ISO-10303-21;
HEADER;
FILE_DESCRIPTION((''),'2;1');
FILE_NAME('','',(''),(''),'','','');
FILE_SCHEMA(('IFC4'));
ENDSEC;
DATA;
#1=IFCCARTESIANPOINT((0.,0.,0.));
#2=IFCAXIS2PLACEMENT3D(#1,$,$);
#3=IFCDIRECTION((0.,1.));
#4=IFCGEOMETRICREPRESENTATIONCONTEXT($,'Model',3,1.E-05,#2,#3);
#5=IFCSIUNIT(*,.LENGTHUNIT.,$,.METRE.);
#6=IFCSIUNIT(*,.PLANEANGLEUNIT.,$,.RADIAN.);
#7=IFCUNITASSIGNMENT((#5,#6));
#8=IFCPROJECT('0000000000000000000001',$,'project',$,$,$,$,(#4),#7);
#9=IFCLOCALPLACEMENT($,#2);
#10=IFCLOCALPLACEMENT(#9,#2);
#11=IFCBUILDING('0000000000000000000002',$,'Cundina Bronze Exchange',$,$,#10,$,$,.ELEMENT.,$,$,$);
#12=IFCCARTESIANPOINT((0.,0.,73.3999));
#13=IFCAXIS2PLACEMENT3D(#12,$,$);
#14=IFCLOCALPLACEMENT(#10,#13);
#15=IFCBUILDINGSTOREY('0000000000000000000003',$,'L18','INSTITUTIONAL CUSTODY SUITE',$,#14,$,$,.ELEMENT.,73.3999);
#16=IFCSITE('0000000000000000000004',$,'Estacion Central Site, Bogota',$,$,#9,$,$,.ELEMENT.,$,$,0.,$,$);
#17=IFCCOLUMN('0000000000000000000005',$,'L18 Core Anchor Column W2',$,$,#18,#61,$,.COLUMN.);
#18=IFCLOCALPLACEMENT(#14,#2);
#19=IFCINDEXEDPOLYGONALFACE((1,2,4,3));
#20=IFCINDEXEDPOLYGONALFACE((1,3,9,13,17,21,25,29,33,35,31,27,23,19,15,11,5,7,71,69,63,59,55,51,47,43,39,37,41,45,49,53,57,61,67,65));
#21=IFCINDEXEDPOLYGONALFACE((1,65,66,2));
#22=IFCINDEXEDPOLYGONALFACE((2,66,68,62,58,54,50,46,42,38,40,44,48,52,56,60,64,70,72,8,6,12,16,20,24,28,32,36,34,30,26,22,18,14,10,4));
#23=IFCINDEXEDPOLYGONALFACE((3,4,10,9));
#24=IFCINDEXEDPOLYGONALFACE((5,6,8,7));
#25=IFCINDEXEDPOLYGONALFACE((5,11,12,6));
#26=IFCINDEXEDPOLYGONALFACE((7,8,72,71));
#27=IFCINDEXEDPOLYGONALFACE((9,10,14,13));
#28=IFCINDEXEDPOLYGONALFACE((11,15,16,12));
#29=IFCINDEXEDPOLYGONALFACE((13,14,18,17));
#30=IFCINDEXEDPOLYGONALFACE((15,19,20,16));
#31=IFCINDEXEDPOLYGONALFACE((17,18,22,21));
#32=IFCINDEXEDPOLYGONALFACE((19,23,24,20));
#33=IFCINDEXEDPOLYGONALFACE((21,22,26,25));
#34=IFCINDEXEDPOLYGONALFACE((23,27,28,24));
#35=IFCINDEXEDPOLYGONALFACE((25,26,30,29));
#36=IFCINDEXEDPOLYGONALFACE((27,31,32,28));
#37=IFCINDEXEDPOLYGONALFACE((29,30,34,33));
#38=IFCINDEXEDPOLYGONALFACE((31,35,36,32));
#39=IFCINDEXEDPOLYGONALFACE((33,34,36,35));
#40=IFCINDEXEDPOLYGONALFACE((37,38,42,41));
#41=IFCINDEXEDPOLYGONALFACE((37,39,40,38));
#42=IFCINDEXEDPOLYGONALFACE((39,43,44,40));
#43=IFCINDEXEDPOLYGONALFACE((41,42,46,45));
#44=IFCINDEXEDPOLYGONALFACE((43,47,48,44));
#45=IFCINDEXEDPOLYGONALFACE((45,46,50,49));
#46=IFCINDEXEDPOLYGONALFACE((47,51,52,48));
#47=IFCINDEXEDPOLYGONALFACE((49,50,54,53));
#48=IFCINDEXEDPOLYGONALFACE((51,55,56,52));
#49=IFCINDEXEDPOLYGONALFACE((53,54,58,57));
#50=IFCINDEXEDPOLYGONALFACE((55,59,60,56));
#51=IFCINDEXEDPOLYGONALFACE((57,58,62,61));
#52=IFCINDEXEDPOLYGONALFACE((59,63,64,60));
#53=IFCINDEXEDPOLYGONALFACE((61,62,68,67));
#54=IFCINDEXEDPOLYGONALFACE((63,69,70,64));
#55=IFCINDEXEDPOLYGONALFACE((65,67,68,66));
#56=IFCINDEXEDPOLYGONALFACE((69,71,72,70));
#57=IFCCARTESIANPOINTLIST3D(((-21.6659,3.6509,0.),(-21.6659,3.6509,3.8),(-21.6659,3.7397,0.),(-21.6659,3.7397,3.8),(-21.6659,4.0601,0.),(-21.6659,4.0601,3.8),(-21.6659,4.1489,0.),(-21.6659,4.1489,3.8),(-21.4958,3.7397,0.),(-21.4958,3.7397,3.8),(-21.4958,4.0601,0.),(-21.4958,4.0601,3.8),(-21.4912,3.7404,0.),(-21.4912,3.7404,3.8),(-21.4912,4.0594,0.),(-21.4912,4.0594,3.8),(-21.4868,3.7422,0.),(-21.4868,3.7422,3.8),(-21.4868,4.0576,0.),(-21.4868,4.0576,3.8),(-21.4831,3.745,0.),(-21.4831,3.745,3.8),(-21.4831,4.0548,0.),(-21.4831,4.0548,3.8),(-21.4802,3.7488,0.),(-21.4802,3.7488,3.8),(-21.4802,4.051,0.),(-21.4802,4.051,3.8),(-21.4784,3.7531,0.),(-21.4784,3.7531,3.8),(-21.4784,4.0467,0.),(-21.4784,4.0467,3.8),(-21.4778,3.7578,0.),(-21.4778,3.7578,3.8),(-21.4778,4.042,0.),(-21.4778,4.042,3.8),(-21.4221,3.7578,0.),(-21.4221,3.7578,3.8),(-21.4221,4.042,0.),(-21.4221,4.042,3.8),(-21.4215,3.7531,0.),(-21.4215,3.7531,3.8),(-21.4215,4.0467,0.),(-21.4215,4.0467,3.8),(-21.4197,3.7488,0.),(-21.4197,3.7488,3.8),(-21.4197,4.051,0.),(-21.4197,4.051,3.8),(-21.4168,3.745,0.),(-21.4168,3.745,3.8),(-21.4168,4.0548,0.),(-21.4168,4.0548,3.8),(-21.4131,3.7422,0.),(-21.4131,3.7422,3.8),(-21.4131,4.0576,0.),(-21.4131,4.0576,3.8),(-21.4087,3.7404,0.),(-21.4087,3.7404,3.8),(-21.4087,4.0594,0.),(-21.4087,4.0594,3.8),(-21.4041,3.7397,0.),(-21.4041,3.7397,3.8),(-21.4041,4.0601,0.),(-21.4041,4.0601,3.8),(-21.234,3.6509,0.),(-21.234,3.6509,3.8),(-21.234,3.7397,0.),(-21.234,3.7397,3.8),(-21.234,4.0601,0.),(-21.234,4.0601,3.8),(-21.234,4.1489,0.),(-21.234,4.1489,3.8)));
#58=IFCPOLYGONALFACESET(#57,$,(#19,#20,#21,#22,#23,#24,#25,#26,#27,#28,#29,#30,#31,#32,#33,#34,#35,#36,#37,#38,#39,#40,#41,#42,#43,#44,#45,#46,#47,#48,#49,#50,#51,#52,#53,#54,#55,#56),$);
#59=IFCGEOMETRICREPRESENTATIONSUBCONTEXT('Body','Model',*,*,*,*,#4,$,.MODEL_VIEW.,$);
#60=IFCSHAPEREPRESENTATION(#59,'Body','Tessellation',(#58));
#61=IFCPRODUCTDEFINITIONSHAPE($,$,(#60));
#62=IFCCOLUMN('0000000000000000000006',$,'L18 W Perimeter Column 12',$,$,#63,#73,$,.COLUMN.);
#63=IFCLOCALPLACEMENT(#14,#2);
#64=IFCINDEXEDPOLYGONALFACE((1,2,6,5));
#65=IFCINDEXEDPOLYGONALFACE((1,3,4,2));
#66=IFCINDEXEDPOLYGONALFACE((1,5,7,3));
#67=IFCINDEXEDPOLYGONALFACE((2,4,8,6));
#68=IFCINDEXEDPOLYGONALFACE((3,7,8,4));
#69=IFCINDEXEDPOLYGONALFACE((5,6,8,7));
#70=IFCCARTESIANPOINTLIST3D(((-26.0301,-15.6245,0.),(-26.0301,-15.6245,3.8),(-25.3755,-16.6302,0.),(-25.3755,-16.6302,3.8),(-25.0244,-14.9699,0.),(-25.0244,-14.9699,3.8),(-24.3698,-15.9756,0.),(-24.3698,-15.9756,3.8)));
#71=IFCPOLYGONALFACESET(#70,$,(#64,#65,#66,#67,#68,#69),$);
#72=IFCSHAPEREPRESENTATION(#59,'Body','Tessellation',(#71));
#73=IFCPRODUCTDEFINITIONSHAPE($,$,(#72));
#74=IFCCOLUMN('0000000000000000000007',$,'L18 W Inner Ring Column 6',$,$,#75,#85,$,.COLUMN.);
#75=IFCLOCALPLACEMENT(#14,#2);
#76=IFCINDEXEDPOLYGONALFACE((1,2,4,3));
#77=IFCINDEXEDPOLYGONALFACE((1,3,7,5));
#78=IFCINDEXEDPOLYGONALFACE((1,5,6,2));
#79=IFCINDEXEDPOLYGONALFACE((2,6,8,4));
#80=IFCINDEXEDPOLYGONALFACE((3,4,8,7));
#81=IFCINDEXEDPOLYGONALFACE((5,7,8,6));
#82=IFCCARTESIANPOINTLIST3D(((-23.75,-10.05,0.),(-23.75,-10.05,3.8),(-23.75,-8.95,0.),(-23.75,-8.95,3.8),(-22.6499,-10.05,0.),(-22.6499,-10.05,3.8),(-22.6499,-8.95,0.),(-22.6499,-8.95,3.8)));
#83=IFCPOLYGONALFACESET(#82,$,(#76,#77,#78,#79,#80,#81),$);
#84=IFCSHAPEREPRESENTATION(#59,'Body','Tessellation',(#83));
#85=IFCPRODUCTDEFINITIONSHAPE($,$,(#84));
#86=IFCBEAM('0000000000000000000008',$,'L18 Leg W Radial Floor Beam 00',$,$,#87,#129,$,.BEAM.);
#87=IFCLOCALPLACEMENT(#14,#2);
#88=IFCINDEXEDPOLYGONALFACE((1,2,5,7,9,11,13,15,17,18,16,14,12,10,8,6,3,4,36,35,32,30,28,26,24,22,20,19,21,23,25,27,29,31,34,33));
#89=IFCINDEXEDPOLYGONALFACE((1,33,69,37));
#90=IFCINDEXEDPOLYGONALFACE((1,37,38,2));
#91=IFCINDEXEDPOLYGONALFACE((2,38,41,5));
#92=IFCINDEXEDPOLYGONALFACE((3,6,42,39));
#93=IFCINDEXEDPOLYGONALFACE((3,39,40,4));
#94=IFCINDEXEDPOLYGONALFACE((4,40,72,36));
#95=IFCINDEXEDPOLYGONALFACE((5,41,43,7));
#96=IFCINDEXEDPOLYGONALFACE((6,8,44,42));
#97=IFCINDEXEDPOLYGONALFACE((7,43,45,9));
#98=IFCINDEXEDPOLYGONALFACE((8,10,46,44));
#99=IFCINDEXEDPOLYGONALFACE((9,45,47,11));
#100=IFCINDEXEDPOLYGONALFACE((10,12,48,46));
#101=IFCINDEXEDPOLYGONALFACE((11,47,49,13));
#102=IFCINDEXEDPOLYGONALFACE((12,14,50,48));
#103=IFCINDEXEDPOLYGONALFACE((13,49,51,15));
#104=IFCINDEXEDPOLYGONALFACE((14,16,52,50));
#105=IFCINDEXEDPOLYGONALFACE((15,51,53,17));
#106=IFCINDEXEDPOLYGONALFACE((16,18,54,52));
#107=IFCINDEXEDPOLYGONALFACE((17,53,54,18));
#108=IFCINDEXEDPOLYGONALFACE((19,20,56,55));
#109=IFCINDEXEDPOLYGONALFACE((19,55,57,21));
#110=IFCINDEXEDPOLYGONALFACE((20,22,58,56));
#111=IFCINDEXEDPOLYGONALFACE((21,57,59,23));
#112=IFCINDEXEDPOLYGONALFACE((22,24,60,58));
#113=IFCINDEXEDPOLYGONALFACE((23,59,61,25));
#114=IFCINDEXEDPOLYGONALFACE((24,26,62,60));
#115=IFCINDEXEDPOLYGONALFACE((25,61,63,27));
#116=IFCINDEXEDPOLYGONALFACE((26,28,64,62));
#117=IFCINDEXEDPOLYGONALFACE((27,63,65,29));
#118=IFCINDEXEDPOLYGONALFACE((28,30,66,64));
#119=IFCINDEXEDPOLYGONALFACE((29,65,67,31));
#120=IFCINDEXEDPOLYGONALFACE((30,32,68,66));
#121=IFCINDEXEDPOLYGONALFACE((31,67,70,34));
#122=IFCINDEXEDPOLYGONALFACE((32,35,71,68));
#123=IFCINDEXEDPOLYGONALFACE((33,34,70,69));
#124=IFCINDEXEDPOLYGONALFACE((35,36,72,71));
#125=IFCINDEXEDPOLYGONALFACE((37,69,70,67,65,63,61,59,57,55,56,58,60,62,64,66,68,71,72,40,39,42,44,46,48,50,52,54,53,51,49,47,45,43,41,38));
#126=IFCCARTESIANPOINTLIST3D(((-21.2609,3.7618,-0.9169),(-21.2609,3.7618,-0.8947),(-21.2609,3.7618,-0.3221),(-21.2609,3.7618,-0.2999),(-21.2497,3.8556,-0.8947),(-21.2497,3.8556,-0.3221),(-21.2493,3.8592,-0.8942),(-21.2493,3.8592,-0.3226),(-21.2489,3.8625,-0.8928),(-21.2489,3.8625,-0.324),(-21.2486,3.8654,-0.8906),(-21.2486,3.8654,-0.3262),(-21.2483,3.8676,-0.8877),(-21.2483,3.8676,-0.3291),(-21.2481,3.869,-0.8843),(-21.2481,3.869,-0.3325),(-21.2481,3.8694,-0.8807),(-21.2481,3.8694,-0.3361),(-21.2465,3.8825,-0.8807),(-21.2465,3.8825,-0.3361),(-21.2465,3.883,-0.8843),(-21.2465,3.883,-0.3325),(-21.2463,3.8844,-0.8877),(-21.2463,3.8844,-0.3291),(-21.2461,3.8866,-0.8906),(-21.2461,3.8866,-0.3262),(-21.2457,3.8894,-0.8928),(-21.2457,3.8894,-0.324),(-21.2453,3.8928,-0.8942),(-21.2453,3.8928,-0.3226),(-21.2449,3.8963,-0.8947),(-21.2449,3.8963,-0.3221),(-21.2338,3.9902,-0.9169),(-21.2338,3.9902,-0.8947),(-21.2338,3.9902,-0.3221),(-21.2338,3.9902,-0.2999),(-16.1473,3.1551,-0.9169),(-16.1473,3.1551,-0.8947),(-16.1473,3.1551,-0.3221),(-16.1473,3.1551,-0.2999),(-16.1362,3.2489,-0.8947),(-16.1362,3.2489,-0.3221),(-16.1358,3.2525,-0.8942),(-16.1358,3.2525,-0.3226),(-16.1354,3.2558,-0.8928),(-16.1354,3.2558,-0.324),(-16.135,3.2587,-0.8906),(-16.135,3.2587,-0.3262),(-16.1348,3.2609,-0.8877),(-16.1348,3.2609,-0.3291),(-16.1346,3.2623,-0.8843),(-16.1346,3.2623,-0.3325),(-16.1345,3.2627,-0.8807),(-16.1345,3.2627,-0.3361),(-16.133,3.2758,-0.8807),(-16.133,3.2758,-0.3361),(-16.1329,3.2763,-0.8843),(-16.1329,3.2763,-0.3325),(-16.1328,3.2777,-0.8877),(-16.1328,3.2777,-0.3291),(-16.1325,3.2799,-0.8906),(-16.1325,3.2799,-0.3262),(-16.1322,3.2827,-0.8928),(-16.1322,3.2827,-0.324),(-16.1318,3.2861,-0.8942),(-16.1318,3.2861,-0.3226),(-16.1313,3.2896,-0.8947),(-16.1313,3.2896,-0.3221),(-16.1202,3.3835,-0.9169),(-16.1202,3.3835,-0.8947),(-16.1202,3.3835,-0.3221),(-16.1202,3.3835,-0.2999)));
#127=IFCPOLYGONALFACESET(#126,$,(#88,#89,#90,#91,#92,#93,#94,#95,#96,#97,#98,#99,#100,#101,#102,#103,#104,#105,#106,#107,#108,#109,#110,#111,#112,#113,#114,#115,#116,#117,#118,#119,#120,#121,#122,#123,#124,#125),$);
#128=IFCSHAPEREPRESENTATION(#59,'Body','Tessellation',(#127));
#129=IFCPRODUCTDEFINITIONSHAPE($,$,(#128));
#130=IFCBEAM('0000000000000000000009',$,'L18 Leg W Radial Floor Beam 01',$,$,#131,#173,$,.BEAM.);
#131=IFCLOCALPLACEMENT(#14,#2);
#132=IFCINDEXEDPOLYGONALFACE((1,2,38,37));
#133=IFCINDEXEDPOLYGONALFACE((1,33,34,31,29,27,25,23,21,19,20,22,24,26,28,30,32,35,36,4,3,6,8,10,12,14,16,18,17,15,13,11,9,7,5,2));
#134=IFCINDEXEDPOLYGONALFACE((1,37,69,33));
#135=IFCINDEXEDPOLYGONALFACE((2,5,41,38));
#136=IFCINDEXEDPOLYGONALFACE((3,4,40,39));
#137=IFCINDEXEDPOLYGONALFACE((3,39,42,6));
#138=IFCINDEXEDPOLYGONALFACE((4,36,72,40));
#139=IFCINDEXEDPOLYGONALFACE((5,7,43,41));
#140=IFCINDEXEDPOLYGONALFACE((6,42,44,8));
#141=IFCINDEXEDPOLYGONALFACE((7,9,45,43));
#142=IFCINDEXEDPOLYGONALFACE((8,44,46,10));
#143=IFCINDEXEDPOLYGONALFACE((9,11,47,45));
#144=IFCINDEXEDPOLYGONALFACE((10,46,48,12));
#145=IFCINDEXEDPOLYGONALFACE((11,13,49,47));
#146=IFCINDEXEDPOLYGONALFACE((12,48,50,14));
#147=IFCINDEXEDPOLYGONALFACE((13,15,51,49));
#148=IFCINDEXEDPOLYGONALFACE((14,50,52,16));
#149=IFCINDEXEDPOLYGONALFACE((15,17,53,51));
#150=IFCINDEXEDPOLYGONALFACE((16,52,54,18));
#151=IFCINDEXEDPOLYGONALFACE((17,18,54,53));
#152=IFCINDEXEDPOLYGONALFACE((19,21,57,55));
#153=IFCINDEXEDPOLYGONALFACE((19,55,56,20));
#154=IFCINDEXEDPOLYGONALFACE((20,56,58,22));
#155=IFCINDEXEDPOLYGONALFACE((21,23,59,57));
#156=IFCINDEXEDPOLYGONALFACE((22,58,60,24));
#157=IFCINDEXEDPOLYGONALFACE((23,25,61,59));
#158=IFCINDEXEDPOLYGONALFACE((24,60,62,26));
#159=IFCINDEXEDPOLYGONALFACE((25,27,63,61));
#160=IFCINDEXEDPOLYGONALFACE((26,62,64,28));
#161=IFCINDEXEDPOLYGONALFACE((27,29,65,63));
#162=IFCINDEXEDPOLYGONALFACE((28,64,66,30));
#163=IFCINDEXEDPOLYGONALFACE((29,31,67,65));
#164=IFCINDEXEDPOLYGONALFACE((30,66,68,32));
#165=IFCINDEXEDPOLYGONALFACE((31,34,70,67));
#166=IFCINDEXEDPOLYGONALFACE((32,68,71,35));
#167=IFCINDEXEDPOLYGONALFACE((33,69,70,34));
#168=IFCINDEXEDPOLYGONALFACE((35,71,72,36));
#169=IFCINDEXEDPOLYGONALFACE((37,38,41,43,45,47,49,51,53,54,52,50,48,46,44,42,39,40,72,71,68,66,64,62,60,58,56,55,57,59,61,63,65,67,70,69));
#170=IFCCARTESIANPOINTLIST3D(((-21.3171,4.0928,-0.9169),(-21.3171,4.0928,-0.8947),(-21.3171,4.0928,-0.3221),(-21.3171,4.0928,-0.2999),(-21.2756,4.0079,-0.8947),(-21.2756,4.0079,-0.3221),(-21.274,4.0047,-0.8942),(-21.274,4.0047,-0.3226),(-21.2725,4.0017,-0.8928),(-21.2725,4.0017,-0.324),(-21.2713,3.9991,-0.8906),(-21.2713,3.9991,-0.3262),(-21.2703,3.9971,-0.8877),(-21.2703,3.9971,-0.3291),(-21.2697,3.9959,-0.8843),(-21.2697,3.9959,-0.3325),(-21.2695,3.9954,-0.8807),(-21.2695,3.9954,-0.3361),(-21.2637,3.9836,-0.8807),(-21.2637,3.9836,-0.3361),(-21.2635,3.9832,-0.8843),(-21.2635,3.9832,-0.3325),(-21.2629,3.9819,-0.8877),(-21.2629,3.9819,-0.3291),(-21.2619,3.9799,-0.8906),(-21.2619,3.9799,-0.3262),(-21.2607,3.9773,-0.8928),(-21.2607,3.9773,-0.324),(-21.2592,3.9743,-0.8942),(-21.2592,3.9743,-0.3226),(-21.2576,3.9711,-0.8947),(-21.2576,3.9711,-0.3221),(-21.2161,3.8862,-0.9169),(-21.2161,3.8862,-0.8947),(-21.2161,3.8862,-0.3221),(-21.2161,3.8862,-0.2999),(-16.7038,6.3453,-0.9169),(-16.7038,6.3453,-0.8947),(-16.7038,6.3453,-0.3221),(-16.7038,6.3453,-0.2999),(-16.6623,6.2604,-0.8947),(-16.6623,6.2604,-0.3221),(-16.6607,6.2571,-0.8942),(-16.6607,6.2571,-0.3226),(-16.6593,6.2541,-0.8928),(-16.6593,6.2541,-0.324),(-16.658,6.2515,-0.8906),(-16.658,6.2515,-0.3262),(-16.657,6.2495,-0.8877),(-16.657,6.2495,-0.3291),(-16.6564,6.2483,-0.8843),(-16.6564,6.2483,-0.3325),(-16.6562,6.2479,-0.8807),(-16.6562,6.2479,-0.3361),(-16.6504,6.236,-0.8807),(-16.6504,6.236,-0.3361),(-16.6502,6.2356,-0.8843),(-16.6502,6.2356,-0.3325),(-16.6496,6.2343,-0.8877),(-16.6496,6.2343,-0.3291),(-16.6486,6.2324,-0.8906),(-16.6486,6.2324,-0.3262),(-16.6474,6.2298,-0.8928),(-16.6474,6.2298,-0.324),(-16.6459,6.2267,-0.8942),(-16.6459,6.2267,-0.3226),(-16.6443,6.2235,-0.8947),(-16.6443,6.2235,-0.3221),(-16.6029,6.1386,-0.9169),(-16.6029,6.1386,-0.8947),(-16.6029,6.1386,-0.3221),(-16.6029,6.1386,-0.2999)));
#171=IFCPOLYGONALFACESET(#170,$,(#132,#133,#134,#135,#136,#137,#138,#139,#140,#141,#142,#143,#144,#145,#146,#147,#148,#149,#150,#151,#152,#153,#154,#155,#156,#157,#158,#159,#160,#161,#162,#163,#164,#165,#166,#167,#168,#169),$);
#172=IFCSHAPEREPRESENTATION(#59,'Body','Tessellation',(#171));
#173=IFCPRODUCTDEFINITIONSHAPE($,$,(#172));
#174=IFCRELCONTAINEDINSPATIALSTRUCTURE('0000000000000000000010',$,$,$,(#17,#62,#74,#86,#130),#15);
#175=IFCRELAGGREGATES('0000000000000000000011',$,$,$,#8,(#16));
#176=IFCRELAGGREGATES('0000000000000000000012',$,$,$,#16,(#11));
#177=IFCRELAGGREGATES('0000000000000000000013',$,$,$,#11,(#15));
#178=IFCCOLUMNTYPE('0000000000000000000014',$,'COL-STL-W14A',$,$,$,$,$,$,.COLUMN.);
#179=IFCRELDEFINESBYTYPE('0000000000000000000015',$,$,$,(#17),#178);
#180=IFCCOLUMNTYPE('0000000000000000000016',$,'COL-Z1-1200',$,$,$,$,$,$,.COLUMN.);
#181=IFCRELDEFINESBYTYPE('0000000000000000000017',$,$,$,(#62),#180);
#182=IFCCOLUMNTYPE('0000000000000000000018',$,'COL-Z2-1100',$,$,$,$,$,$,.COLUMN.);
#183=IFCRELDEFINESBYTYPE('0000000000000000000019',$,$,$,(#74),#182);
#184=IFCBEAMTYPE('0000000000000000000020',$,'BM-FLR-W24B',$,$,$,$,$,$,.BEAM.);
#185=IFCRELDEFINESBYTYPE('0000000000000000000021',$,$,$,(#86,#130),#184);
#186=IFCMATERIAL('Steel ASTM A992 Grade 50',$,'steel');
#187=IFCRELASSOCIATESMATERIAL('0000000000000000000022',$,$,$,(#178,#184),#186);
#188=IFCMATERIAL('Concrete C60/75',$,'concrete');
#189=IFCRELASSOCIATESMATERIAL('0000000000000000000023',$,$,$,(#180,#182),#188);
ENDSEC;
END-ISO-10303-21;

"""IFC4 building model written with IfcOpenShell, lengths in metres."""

from ifc_helpers import new_model, si_unit, direction, frame, origin, origin_2d, place, context, subcontext, project, spatial, rectangle, i_section, extrude, material, material_profile, profile_set, type_object, element, save


model = new_model("IFC4")

# Units and contexts
model_context = context("Model", 3, precision=1e-05, world=origin(), true_north=direction((0.0, 1.0)))
body_context = subcontext(model_context, "Body", "Model", "MODEL_VIEW")
ifc_project = project(units=[si_unit("LENGTHUNIT", "METRE"), si_unit("PLANEANGLEUNIT", "RADIAN")], contexts=[model_context])

# Site, building, storey
site_placement = place(None, origin())
site = spatial("IfcSite", under=ifc_project, at=site_placement, Name="Estacion Central Site, Bogota", CompositionType="ELEMENT", RefElevation=0.0)
building_placement = place(site_placement, origin())
building = spatial("IfcBuilding", under=site, at=building_placement, Name="Cundina Bronze Exchange", CompositionType="ELEMENT")
storey_placement = place(building_placement, frame((0.0, 0.0, 73.3999)))
storey = spatial("IfcBuildingStorey", under=building, at=storey_placement, Name="L18", Description="INSTITUTIONAL CUSTODY SUITE", CompositionType="ELEMENT", Elevation=73.3999)

# Columns
ifc_material_1 = material(Name="Steel ASTM A992 Grade 50", Category="steel")
ifc_material_profile_1 = material_profile(ifc_material_1, i_section(OverallWidth=0.4319, OverallDepth=0.498, WebThickness=0.0557, FlangeThickness=0.0889, FilletRadius=0.0181, at=origin_2d()), Name="W14X500", Category="steel")
ifc_profile_set_1 = profile_set([ifc_material_profile_1], Name="Steel ASTM A992 Grade 50")
column_type_1 = type_object("IfcColumnType", Name="COL-STL-W14A", PredefinedType="COLUMN", material=ifc_profile_set_1)
column_1_placement = place(storey_placement, frame((-21.45, 3.8999, 0.0), z_axis=(0.0, 0.0, 1.0), x_axis=(1.0, 0.0, 0.0)))
element("IfcColumn", 1, at=column_1_placement, inside=storey, type_object=column_type_1, Name="L18 Core Anchor Column W2", PredefinedType="COLUMN", context=body_context, shape_type="SweptSolid", body=[
    extrude(i_section(OverallWidth=0.4319, OverallDepth=0.498, WebThickness=0.0557, FlangeThickness=0.0889, FilletRadius=0.0181, at=origin_2d()), origin(), (0.0, 0.0, 1.0), 3.8),
])
ifc_material_2 = material(Name="Concrete C60/75", Category="concrete")
ifc_material_profile_2 = material_profile(ifc_material_2, rectangle(XDim=1.2, YDim=1.2, at=origin_2d()), Name="RC1200X1200", Category="concrete")
ifc_profile_set_2 = profile_set([ifc_material_profile_2], Name="Concrete C60/75")
column_type_2 = type_object("IfcColumnType", Name="COL-Z1-1200", PredefinedType="COLUMN", material=ifc_profile_set_2)
column_2_placement = place(storey_placement, frame((-25.2, -15.8, 0.0), z_axis=(0.0, 0.0, 1.0), x_axis=(0.8381, 0.545517, 0.0)))
element("IfcColumn", 2, at=column_2_placement, inside=storey, type_object=column_type_2, Name="L18 W Perimeter Column 12", PredefinedType="COLUMN", context=body_context, shape_type="SweptSolid", body=[
    extrude(rectangle(XDim=1.2, YDim=1.2, at=origin_2d()), origin(), (0.0, 0.0, 1.0), 3.8),
])
ifc_material_profile_3 = material_profile(ifc_material_2, rectangle(XDim=1.1001, YDim=1.1001, at=origin_2d()), Name="RC1100X1100", Category="concrete")
ifc_profile_set_3 = profile_set([ifc_material_profile_3], Name="Concrete C60/75")
column_type_3 = type_object("IfcColumnType", Name="COL-Z2-1100", PredefinedType="COLUMN", material=ifc_profile_set_3)
column_3_placement = place(storey_placement, frame((-23.2, -9.5, 0.0), z_axis=(0.0, 0.0, 1.0), x_axis=(1.0, 0.0, 0.0)))
element("IfcColumn", 3, at=column_3_placement, inside=storey, type_object=column_type_3, Name="L18 W Inner Ring Column 6", PredefinedType="COLUMN", context=body_context, shape_type="SweptSolid", body=[
    extrude(rectangle(XDim=1.1001, YDim=1.1001, at=origin_2d()), origin(), (0.0, 0.0, 1.0), 3.8),
])

# Beams
ifc_material_profile_4 = material_profile(ifc_material_1, i_section(OverallWidth=0.23, OverallDepth=0.6169, WebThickness=0.0132, FlangeThickness=0.0222, FilletRadius=0.0139, at=origin_2d()), Name="W24X94", Category="steel")
ifc_profile_set_4 = profile_set([ifc_material_profile_4], Name="Steel ASTM A992 Grade 50")
beam_type_1 = type_object("IfcBeamType", Name="BM-FLR-W24B", PredefinedType="BEAM", material=ifc_profile_set_4)
beam_1_placement = place(storey_placement, frame((-21.2473, 3.876, -0.6084), z_axis=(0.993035, -0.117818, 0.0), x_axis=(0.117818, 0.993035, 0.0)))
element("IfcBeam", 4, at=beam_1_placement, inside=storey, type_object=beam_type_1, Name="L18 Leg W Radial Floor Beam 00", PredefinedType="BEAM", context=body_context, shape_type="SweptSolid", body=[
    extrude(i_section(OverallWidth=0.23, OverallDepth=0.6169, WebThickness=0.0132, FlangeThickness=0.0222, FilletRadius=0.0139, at=origin_2d()), origin(), (0.0, 0.0, 1.0), 5.1494),
])
beam_2_placement = place(storey_placement, frame((-21.2666, 3.9895, -0.6084), z_axis=(0.89861, 0.438748, 0.0), x_axis=(-0.438748, 0.89861, 0.0)))
element("IfcBeam", 5, at=beam_2_placement, inside=storey, type_object=beam_type_1, Name="L18 Leg W Radial Floor Beam 01", PredefinedType="BEAM", context=body_context, shape_type="SweptSolid", body=[
    extrude(i_section(OverallWidth=0.23, OverallDepth=0.6169, WebThickness=0.0132, FlangeThickness=0.0222, FilletRadius=0.0139, at=origin_2d()), origin(), (0.0, 0.0, 1.0), 5.1338),
])

save(model, "model.ifc")
